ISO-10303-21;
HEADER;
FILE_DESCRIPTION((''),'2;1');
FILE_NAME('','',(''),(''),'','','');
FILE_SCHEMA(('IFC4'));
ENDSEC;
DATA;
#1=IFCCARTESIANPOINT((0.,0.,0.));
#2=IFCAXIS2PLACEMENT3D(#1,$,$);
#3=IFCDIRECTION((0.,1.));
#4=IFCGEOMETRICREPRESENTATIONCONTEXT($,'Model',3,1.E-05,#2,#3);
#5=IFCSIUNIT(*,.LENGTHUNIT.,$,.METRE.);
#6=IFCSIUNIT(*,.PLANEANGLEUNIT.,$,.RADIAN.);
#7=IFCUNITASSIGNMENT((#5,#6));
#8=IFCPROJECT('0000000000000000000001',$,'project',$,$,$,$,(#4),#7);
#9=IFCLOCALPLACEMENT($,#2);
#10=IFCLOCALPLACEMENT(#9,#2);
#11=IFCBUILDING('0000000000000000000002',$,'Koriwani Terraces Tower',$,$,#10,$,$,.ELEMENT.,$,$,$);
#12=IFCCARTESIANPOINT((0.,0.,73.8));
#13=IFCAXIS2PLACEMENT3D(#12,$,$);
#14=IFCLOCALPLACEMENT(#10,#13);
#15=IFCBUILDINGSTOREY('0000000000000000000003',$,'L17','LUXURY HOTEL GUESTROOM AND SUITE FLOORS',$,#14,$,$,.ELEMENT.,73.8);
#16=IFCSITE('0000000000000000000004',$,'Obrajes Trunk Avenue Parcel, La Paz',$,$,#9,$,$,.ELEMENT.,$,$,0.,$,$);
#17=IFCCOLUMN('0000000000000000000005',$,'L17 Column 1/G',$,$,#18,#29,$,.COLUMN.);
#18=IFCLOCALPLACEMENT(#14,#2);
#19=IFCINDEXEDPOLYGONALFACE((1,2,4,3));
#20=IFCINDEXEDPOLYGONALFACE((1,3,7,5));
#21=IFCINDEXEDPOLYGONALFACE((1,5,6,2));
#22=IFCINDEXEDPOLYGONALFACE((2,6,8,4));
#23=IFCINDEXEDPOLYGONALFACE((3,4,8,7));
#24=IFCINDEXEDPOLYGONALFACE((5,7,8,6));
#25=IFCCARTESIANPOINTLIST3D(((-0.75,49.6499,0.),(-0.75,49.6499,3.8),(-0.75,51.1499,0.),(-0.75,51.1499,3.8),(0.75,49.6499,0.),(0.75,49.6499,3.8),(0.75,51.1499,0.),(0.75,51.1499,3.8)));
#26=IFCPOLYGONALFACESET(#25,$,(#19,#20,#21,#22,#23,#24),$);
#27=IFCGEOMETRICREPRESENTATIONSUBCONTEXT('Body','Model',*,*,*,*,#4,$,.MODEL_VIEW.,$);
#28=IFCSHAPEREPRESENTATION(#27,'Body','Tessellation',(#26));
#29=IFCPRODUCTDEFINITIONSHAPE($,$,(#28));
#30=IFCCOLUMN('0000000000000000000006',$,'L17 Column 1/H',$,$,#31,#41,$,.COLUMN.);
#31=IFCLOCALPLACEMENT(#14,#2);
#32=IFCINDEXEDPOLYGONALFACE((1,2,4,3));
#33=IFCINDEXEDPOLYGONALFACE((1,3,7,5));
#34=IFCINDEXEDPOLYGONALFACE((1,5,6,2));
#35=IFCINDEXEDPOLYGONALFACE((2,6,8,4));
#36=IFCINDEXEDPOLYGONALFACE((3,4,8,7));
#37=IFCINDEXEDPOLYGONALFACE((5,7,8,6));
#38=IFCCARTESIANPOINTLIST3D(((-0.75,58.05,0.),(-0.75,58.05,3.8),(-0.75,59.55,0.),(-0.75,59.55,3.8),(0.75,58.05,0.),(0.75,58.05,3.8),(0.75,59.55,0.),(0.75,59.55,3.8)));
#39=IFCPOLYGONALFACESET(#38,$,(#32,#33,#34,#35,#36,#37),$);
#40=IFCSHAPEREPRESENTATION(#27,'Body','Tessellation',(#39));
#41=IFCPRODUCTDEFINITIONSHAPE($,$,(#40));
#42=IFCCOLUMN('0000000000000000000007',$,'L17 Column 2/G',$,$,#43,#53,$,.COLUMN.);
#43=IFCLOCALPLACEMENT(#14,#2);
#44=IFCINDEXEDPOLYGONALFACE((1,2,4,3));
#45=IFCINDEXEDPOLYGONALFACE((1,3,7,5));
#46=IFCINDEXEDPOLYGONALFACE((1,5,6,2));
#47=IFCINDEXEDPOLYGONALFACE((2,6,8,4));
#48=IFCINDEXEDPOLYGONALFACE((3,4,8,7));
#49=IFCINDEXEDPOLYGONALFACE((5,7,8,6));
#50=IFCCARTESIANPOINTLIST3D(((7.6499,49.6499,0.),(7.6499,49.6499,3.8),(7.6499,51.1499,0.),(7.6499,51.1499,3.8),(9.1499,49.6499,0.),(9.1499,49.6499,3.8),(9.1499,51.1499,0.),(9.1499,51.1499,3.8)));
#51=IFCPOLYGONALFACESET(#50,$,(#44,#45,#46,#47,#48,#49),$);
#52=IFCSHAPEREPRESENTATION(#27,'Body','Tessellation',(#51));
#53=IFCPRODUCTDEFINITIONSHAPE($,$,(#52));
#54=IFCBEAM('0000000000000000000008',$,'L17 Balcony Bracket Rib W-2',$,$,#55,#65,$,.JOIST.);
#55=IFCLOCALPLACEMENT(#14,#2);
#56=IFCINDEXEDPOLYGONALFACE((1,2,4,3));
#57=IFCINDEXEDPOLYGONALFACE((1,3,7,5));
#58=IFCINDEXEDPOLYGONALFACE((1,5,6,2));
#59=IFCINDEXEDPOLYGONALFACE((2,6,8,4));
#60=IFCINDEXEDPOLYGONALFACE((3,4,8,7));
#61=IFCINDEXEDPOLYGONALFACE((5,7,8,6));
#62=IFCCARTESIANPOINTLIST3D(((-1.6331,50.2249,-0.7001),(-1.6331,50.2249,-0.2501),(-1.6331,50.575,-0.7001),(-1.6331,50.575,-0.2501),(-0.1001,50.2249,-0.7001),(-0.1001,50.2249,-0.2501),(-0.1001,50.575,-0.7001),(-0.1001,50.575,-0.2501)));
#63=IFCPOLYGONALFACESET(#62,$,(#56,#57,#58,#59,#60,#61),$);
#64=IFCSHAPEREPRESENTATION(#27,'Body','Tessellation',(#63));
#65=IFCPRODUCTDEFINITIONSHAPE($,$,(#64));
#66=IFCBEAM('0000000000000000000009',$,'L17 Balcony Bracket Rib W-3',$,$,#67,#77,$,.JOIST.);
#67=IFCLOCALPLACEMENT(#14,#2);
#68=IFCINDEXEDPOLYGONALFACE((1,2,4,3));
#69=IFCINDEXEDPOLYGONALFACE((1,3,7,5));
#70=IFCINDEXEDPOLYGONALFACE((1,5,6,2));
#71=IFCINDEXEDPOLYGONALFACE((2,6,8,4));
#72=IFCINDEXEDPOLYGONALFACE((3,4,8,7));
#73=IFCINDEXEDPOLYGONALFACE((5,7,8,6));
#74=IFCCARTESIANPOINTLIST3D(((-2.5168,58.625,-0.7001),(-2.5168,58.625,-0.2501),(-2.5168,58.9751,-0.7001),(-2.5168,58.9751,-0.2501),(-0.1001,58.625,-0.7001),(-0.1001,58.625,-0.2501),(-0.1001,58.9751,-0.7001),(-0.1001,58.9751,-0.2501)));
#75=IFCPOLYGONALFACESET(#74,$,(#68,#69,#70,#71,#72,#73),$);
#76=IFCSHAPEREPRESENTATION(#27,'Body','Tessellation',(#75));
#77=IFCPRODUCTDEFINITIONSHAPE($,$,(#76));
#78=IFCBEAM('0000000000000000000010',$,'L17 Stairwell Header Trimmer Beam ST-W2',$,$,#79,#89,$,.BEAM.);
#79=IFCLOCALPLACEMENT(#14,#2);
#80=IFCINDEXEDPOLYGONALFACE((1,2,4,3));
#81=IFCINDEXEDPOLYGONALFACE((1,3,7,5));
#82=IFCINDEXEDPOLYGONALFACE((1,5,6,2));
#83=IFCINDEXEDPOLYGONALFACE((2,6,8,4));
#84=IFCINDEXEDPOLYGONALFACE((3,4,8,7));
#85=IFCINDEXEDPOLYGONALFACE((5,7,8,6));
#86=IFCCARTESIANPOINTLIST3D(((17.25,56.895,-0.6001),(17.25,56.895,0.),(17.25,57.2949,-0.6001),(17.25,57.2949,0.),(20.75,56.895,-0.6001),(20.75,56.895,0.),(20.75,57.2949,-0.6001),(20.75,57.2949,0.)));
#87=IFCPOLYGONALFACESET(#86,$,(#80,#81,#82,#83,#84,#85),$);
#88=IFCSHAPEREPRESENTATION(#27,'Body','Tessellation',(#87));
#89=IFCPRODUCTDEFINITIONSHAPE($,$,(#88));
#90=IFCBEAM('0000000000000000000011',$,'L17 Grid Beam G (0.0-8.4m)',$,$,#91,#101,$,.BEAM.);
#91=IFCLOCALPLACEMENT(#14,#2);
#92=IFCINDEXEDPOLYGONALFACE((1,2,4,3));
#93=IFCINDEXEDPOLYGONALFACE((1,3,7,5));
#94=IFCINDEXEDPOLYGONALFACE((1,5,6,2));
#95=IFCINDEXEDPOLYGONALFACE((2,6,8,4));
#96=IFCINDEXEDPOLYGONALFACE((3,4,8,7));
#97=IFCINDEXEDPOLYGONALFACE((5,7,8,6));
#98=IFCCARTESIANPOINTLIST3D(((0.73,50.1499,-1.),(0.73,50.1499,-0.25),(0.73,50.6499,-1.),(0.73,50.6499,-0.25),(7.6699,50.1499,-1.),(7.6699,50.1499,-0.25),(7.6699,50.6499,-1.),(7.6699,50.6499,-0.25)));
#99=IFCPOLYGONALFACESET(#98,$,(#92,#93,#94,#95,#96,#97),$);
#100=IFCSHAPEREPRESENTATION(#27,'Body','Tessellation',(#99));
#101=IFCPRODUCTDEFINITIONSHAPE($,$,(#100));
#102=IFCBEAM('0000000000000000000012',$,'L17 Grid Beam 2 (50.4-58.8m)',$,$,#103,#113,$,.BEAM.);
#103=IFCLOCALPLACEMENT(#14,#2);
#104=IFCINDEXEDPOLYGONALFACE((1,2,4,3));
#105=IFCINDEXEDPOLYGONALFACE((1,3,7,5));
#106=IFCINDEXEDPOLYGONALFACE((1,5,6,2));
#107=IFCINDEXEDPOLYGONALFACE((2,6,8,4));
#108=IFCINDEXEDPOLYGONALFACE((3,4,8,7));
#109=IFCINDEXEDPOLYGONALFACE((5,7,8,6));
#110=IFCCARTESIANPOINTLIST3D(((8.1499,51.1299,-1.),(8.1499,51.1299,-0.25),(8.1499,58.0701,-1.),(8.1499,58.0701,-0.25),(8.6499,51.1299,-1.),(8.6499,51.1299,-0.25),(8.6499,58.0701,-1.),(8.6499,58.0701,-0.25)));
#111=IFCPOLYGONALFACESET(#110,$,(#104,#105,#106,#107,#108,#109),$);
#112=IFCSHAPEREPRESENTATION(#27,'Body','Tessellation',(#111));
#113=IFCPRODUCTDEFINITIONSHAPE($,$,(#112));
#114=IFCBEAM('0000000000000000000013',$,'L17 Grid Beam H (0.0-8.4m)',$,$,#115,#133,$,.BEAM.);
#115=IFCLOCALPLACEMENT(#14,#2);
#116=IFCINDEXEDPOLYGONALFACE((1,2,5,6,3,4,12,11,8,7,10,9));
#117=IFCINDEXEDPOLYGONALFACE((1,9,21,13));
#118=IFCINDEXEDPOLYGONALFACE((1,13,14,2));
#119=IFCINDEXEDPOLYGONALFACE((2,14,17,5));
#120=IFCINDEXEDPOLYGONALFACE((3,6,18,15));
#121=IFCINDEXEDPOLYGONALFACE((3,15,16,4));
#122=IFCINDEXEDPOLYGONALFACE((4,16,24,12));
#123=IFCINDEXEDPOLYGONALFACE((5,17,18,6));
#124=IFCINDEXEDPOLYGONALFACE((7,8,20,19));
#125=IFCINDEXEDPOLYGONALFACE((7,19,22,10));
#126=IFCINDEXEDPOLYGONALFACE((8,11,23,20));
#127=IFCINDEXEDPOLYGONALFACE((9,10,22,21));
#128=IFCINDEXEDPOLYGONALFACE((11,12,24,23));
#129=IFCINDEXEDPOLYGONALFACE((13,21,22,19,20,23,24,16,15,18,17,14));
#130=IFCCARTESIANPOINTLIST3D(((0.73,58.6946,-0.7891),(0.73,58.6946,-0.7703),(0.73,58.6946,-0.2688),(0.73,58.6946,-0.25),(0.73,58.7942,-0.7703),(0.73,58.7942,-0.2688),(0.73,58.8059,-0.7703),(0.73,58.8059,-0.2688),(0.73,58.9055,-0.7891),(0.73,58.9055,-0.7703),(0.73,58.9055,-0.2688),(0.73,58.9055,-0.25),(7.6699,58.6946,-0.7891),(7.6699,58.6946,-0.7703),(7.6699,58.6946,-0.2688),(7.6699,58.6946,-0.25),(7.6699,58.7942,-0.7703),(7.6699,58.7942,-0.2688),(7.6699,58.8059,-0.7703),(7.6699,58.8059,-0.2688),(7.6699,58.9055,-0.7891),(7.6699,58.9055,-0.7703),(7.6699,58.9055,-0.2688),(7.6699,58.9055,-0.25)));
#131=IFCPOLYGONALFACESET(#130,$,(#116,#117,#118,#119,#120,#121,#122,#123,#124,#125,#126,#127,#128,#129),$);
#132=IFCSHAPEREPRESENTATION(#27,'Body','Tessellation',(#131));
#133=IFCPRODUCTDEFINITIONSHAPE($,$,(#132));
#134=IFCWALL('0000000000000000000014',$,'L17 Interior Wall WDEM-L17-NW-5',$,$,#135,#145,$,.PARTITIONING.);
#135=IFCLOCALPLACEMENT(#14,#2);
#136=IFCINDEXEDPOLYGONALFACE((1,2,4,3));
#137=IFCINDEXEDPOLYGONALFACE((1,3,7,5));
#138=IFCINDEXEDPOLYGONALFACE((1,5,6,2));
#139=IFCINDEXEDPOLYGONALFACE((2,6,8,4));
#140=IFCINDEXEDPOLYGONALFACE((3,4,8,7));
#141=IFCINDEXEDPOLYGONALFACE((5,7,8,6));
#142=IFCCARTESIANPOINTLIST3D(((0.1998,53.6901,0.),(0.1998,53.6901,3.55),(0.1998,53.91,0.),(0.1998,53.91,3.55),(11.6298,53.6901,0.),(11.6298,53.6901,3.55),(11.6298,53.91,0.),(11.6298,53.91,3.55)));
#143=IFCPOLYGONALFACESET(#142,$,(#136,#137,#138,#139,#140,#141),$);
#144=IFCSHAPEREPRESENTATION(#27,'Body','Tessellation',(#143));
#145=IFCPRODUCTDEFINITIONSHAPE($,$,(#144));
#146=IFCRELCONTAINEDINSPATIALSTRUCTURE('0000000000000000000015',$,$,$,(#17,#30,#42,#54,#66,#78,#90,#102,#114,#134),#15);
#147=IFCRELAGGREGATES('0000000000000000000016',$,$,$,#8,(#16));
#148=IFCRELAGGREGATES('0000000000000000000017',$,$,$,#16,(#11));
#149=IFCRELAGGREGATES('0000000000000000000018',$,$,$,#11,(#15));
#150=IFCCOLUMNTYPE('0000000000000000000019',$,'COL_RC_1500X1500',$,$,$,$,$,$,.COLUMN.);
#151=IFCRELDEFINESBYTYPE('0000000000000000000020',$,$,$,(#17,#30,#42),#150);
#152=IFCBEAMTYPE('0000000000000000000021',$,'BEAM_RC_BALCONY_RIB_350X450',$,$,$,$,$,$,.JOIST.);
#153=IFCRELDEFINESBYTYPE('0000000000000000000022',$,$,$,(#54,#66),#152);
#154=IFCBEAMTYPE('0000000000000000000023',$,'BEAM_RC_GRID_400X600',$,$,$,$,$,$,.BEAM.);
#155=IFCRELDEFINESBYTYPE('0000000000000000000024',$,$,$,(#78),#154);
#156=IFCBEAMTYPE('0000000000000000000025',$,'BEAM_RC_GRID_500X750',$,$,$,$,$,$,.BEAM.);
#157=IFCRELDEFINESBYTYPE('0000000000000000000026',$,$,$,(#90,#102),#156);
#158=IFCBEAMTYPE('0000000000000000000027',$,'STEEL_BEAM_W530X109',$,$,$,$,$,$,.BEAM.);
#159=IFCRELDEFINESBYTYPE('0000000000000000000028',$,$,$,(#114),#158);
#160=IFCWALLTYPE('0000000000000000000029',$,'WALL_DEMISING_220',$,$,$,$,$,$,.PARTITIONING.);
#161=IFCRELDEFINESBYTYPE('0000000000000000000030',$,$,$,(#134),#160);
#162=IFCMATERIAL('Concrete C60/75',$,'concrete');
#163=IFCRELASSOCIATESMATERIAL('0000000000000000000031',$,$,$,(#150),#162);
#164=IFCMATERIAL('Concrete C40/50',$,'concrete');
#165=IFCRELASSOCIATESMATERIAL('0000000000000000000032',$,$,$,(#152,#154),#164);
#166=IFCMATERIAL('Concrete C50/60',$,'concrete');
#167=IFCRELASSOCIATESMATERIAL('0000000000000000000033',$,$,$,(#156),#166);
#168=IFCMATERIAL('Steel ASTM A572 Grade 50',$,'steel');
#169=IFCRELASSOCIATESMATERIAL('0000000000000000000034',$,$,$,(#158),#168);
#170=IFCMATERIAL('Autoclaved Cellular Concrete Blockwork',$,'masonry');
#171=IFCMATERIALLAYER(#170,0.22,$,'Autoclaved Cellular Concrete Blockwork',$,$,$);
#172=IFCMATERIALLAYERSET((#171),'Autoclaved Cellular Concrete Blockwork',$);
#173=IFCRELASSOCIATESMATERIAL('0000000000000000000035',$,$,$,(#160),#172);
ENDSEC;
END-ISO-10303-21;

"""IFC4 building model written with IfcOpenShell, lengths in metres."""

from ifc_helpers import new_model, si_unit, direction, frame, frame_2d, origin, origin_2d, place, context, subcontext, project, spatial, rectangle, i_section, extrude, material, layer, layer_set, material_profile, profile_set, type_object, element, save


model = new_model("IFC4")

# Units and contexts
model_context = context("Model", 3, precision=1e-05, world=origin(), true_north=direction((0.0, 1.0)))
body_context = subcontext(model_context, "Body", "Model", "MODEL_VIEW")
ifc_project = project(units=[si_unit("LENGTHUNIT", "METRE"), si_unit("PLANEANGLEUNIT", "RADIAN")], contexts=[model_context])

# Site, building, storey
site_placement = place(None, origin())
site = spatial("IfcSite", under=ifc_project, at=site_placement, Name="Obrajes Trunk Avenue Parcel, La Paz", CompositionType="ELEMENT", RefElevation=0.0)
building_placement = place(site_placement, origin())
building = spatial("IfcBuilding", under=site, at=building_placement, Name="Koriwani Terraces Tower", CompositionType="ELEMENT")
storey_placement = place(building_placement, frame((0.0, 0.0, 73.8)))
storey = spatial("IfcBuildingStorey", under=building, at=storey_placement, Name="L17", Description="LUXURY HOTEL GUESTROOM AND SUITE FLOORS", CompositionType="ELEMENT", Elevation=73.8)

# Columns
ifc_material_1 = material(Name="Concrete C60/75", Category="concrete")
ifc_material_profile_1 = material_profile(ifc_material_1, rectangle(XDim=1.5, YDim=1.5, at=origin_2d()), Name="Concrete C60/75", Category="LoadBearing")
ifc_profile_set_1 = profile_set([ifc_material_profile_1], Name="Concrete C60/75")
column_type = type_object("IfcColumnType", Name="COL_RC_1500X1500", PredefinedType="COLUMN", material=ifc_profile_set_1)
for number, where, z_axis, x_axis, name in (
    (1, (0.0, 50.3999, 0.0), (0.0, 0.0, 1.0), (1.0, 0.0, 0.0), "L17 Column 1/G"),
    (2, (0.0, 58.8, 0.0), (0.0, 0.0, 1.0), (1.0, 0.0, 0.0), "L17 Column 1/H"),
    (3, (8.3999, 50.3999, 0.0), (0.0, 0.0, 1.0), (1.0, 0.0, 0.0), "L17 Column 2/G"),
):
    element("IfcColumn", number, at=place(storey_placement, frame(where, z_axis=z_axis, x_axis=x_axis)), inside=storey, type_object=column_type, Name=name, PredefinedType="COLUMN", context=body_context, shape_type="SweptSolid", body=[
        extrude(rectangle(XDim=1.5, YDim=1.5, at=origin_2d()), origin(), (0.0, 0.0, 1.0), 3.8),
    ])

# Beams
ifc_material_2 = material(Name="Concrete C40/50", Category="concrete")
ifc_material_profile_2 = material_profile(ifc_material_2, rectangle(XDim=0.3501, YDim=0.45, at=origin_2d()), Name="Concrete C40/50", Category="LoadBearing")
ifc_profile_set_2 = profile_set([ifc_material_profile_2], Name="Concrete C40/50")
beam_type_1 = type_object("IfcBeamType", Name="BEAM_RC_BALCONY_RIB_350X450", PredefinedType="JOIST", material=ifc_profile_set_2)
beam_1_placement = place(storey_placement, frame((-1.6331, 50.3999, -0.4751), z_axis=(1.0, 0.0, 0.0), x_axis=(0.0, 1.0, 0.0)))
element("IfcBeam", 4, at=beam_1_placement, inside=storey, type_object=beam_type_1, Name="L17 Balcony Bracket Rib W-2", PredefinedType="JOIST", context=body_context, shape_type="SweptSolid", body=[
    extrude(rectangle(XDim=0.3501, YDim=0.45, at=origin_2d()), origin(), (0.0, 0.0, 1.0), 1.533),
])
beam_2_placement = place(storey_placement, frame((-2.5168, 58.8, -0.4751), z_axis=(1.0, 0.0, 0.0), x_axis=(0.0, 1.0, 0.0)))
element("IfcBeam", 5, at=beam_2_placement, inside=storey, type_object=beam_type_1, Name="L17 Balcony Bracket Rib W-3", PredefinedType="JOIST", context=body_context, shape_type="SweptSolid", body=[
    extrude(rectangle(XDim=0.3501, YDim=0.45, at=origin_2d()), origin(), (0.0, 0.0, 1.0), 2.4167),
])
ifc_material_profile_3 = material_profile(ifc_material_2, rectangle(XDim=0.3999, YDim=0.6001, at=origin_2d()), Name="Concrete C40/50", Category="LoadBearing")
ifc_profile_set_3 = profile_set([ifc_material_profile_3], Name="Concrete C40/50")
beam_type_2 = type_object("IfcBeamType", Name="BEAM_RC_GRID_400X600", PredefinedType="BEAM", material=ifc_profile_set_3)
beam_3_placement = place(storey_placement, frame((17.25, 57.095, -0.3), z_axis=(1.0, 0.0, 0.0), x_axis=(0.0, 1.0, 0.0)))
element("IfcBeam", 6, at=beam_3_placement, inside=storey, type_object=beam_type_2, Name="L17 Stairwell Header Trimmer Beam ST-W2", PredefinedType="BEAM", context=body_context, shape_type="SweptSolid", body=[
    extrude(rectangle(XDim=0.3999, YDim=0.6001, at=origin_2d()), origin(), (0.0, 0.0, 1.0), 3.5),
])
ifc_material_3 = material(Name="Concrete C50/60", Category="concrete")
ifc_material_profile_4 = material_profile(ifc_material_3, rectangle(XDim=0.5, YDim=0.75, at=origin_2d()), Name="Concrete C50/60", Category="LoadBearing")
ifc_profile_set_4 = profile_set([ifc_material_profile_4], Name="Concrete C50/60")
beam_type_3 = type_object("IfcBeamType", Name="BEAM_RC_GRID_500X750", PredefinedType="BEAM", material=ifc_profile_set_4)
beam_4_placement = place(storey_placement, frame((0.73, 50.3999, -0.625), z_axis=(1.0, 0.0, 0.0), x_axis=(0.0, 1.0, 0.0)))
element("IfcBeam", 7, at=beam_4_placement, inside=storey, type_object=beam_type_3, Name="L17 Grid Beam G (0.0-8.4m)", PredefinedType="BEAM", context=body_context, shape_type="SweptSolid", body=[
    extrude(rectangle(XDim=0.5, YDim=0.75, at=origin_2d()), origin(), (0.0, 0.0, 1.0), 6.9399),
])
beam_5_placement = place(storey_placement, frame((8.3999, 51.1299, -0.625), z_axis=(0.0, 1.0, 0.0), x_axis=(-1.0, 0.0, 0.0)))
element("IfcBeam", 8, at=beam_5_placement, inside=storey, type_object=beam_type_3, Name="L17 Grid Beam 2 (50.4-58.8m)", PredefinedType="BEAM", context=body_context, shape_type="SweptSolid", body=[
    extrude(rectangle(XDim=0.5, YDim=0.75, at=origin_2d()), origin(), (0.0, 0.0, 1.0), 6.9402),
])
ifc_material_4 = material(Name="Steel ASTM A572 Grade 50", Category="steel")
ifc_material_profile_5 = material_profile(ifc_material_4, i_section(OverallWidth=0.2109, OverallDepth=0.5391, WebThickness=0.0117, FlangeThickness=0.0188, at=origin_2d()), Name="Steel ASTM A572 Grade 50", Category="LoadBearing")
ifc_profile_set_5 = profile_set([ifc_material_profile_5], Name="Steel ASTM A572 Grade 50")
beam_type_4 = type_object("IfcBeamType", Name="STEEL_BEAM_W530X109", PredefinedType="BEAM", material=ifc_profile_set_5)
beam_6_placement = place(storey_placement, frame((0.73, 58.8, -0.5195), z_axis=(1.0, 0.0, 0.0), x_axis=(0.0, 1.0, 0.0)))
element("IfcBeam", 9, at=beam_6_placement, inside=storey, type_object=beam_type_4, Name="L17 Grid Beam H (0.0-8.4m)", PredefinedType="BEAM", context=body_context, shape_type="SweptSolid", body=[
    extrude(i_section(OverallWidth=0.2109, OverallDepth=0.5391, WebThickness=0.0117, FlangeThickness=0.0188, at=origin_2d()), origin(), (0.0, 0.0, 1.0), 6.9399),
])

# Wall
ifc_material_5 = material(Name="Autoclaved Cellular Concrete Blockwork", Category="masonry")
ifc_layer_1 = layer(ifc_material_5, 0.22, Name="Autoclaved Cellular Concrete Blockwork")
ifc_layer_set_1 = layer_set([ifc_layer_1], Name="Autoclaved Cellular Concrete Blockwork")
wall_type_1 = type_object("IfcWallType", Name="WALL_DEMISING_220", PredefinedType="PARTITIONING", material=ifc_layer_set_1)
wall_1_placement = place(storey_placement, frame((0.2, 53.8, 0.0), z_axis=(0.0, 0.0, 1.0), x_axis=(1.0, 0.0, 0.0)))
element("IfcWall", 10, at=wall_1_placement, inside=storey, type_object=wall_type_1, Name="L17 Interior Wall WDEM-L17-NW-5", PredefinedType="PARTITIONING", context=body_context, shape_type="SweptSolid", body=[
    extrude(rectangle(XDim=11.4299, YDim=0.22, at=frame_2d((5.7148, 0.0))), origin(), (0.0, 0.0, 1.0), 3.55),
])

save(model, "model.ifc")
